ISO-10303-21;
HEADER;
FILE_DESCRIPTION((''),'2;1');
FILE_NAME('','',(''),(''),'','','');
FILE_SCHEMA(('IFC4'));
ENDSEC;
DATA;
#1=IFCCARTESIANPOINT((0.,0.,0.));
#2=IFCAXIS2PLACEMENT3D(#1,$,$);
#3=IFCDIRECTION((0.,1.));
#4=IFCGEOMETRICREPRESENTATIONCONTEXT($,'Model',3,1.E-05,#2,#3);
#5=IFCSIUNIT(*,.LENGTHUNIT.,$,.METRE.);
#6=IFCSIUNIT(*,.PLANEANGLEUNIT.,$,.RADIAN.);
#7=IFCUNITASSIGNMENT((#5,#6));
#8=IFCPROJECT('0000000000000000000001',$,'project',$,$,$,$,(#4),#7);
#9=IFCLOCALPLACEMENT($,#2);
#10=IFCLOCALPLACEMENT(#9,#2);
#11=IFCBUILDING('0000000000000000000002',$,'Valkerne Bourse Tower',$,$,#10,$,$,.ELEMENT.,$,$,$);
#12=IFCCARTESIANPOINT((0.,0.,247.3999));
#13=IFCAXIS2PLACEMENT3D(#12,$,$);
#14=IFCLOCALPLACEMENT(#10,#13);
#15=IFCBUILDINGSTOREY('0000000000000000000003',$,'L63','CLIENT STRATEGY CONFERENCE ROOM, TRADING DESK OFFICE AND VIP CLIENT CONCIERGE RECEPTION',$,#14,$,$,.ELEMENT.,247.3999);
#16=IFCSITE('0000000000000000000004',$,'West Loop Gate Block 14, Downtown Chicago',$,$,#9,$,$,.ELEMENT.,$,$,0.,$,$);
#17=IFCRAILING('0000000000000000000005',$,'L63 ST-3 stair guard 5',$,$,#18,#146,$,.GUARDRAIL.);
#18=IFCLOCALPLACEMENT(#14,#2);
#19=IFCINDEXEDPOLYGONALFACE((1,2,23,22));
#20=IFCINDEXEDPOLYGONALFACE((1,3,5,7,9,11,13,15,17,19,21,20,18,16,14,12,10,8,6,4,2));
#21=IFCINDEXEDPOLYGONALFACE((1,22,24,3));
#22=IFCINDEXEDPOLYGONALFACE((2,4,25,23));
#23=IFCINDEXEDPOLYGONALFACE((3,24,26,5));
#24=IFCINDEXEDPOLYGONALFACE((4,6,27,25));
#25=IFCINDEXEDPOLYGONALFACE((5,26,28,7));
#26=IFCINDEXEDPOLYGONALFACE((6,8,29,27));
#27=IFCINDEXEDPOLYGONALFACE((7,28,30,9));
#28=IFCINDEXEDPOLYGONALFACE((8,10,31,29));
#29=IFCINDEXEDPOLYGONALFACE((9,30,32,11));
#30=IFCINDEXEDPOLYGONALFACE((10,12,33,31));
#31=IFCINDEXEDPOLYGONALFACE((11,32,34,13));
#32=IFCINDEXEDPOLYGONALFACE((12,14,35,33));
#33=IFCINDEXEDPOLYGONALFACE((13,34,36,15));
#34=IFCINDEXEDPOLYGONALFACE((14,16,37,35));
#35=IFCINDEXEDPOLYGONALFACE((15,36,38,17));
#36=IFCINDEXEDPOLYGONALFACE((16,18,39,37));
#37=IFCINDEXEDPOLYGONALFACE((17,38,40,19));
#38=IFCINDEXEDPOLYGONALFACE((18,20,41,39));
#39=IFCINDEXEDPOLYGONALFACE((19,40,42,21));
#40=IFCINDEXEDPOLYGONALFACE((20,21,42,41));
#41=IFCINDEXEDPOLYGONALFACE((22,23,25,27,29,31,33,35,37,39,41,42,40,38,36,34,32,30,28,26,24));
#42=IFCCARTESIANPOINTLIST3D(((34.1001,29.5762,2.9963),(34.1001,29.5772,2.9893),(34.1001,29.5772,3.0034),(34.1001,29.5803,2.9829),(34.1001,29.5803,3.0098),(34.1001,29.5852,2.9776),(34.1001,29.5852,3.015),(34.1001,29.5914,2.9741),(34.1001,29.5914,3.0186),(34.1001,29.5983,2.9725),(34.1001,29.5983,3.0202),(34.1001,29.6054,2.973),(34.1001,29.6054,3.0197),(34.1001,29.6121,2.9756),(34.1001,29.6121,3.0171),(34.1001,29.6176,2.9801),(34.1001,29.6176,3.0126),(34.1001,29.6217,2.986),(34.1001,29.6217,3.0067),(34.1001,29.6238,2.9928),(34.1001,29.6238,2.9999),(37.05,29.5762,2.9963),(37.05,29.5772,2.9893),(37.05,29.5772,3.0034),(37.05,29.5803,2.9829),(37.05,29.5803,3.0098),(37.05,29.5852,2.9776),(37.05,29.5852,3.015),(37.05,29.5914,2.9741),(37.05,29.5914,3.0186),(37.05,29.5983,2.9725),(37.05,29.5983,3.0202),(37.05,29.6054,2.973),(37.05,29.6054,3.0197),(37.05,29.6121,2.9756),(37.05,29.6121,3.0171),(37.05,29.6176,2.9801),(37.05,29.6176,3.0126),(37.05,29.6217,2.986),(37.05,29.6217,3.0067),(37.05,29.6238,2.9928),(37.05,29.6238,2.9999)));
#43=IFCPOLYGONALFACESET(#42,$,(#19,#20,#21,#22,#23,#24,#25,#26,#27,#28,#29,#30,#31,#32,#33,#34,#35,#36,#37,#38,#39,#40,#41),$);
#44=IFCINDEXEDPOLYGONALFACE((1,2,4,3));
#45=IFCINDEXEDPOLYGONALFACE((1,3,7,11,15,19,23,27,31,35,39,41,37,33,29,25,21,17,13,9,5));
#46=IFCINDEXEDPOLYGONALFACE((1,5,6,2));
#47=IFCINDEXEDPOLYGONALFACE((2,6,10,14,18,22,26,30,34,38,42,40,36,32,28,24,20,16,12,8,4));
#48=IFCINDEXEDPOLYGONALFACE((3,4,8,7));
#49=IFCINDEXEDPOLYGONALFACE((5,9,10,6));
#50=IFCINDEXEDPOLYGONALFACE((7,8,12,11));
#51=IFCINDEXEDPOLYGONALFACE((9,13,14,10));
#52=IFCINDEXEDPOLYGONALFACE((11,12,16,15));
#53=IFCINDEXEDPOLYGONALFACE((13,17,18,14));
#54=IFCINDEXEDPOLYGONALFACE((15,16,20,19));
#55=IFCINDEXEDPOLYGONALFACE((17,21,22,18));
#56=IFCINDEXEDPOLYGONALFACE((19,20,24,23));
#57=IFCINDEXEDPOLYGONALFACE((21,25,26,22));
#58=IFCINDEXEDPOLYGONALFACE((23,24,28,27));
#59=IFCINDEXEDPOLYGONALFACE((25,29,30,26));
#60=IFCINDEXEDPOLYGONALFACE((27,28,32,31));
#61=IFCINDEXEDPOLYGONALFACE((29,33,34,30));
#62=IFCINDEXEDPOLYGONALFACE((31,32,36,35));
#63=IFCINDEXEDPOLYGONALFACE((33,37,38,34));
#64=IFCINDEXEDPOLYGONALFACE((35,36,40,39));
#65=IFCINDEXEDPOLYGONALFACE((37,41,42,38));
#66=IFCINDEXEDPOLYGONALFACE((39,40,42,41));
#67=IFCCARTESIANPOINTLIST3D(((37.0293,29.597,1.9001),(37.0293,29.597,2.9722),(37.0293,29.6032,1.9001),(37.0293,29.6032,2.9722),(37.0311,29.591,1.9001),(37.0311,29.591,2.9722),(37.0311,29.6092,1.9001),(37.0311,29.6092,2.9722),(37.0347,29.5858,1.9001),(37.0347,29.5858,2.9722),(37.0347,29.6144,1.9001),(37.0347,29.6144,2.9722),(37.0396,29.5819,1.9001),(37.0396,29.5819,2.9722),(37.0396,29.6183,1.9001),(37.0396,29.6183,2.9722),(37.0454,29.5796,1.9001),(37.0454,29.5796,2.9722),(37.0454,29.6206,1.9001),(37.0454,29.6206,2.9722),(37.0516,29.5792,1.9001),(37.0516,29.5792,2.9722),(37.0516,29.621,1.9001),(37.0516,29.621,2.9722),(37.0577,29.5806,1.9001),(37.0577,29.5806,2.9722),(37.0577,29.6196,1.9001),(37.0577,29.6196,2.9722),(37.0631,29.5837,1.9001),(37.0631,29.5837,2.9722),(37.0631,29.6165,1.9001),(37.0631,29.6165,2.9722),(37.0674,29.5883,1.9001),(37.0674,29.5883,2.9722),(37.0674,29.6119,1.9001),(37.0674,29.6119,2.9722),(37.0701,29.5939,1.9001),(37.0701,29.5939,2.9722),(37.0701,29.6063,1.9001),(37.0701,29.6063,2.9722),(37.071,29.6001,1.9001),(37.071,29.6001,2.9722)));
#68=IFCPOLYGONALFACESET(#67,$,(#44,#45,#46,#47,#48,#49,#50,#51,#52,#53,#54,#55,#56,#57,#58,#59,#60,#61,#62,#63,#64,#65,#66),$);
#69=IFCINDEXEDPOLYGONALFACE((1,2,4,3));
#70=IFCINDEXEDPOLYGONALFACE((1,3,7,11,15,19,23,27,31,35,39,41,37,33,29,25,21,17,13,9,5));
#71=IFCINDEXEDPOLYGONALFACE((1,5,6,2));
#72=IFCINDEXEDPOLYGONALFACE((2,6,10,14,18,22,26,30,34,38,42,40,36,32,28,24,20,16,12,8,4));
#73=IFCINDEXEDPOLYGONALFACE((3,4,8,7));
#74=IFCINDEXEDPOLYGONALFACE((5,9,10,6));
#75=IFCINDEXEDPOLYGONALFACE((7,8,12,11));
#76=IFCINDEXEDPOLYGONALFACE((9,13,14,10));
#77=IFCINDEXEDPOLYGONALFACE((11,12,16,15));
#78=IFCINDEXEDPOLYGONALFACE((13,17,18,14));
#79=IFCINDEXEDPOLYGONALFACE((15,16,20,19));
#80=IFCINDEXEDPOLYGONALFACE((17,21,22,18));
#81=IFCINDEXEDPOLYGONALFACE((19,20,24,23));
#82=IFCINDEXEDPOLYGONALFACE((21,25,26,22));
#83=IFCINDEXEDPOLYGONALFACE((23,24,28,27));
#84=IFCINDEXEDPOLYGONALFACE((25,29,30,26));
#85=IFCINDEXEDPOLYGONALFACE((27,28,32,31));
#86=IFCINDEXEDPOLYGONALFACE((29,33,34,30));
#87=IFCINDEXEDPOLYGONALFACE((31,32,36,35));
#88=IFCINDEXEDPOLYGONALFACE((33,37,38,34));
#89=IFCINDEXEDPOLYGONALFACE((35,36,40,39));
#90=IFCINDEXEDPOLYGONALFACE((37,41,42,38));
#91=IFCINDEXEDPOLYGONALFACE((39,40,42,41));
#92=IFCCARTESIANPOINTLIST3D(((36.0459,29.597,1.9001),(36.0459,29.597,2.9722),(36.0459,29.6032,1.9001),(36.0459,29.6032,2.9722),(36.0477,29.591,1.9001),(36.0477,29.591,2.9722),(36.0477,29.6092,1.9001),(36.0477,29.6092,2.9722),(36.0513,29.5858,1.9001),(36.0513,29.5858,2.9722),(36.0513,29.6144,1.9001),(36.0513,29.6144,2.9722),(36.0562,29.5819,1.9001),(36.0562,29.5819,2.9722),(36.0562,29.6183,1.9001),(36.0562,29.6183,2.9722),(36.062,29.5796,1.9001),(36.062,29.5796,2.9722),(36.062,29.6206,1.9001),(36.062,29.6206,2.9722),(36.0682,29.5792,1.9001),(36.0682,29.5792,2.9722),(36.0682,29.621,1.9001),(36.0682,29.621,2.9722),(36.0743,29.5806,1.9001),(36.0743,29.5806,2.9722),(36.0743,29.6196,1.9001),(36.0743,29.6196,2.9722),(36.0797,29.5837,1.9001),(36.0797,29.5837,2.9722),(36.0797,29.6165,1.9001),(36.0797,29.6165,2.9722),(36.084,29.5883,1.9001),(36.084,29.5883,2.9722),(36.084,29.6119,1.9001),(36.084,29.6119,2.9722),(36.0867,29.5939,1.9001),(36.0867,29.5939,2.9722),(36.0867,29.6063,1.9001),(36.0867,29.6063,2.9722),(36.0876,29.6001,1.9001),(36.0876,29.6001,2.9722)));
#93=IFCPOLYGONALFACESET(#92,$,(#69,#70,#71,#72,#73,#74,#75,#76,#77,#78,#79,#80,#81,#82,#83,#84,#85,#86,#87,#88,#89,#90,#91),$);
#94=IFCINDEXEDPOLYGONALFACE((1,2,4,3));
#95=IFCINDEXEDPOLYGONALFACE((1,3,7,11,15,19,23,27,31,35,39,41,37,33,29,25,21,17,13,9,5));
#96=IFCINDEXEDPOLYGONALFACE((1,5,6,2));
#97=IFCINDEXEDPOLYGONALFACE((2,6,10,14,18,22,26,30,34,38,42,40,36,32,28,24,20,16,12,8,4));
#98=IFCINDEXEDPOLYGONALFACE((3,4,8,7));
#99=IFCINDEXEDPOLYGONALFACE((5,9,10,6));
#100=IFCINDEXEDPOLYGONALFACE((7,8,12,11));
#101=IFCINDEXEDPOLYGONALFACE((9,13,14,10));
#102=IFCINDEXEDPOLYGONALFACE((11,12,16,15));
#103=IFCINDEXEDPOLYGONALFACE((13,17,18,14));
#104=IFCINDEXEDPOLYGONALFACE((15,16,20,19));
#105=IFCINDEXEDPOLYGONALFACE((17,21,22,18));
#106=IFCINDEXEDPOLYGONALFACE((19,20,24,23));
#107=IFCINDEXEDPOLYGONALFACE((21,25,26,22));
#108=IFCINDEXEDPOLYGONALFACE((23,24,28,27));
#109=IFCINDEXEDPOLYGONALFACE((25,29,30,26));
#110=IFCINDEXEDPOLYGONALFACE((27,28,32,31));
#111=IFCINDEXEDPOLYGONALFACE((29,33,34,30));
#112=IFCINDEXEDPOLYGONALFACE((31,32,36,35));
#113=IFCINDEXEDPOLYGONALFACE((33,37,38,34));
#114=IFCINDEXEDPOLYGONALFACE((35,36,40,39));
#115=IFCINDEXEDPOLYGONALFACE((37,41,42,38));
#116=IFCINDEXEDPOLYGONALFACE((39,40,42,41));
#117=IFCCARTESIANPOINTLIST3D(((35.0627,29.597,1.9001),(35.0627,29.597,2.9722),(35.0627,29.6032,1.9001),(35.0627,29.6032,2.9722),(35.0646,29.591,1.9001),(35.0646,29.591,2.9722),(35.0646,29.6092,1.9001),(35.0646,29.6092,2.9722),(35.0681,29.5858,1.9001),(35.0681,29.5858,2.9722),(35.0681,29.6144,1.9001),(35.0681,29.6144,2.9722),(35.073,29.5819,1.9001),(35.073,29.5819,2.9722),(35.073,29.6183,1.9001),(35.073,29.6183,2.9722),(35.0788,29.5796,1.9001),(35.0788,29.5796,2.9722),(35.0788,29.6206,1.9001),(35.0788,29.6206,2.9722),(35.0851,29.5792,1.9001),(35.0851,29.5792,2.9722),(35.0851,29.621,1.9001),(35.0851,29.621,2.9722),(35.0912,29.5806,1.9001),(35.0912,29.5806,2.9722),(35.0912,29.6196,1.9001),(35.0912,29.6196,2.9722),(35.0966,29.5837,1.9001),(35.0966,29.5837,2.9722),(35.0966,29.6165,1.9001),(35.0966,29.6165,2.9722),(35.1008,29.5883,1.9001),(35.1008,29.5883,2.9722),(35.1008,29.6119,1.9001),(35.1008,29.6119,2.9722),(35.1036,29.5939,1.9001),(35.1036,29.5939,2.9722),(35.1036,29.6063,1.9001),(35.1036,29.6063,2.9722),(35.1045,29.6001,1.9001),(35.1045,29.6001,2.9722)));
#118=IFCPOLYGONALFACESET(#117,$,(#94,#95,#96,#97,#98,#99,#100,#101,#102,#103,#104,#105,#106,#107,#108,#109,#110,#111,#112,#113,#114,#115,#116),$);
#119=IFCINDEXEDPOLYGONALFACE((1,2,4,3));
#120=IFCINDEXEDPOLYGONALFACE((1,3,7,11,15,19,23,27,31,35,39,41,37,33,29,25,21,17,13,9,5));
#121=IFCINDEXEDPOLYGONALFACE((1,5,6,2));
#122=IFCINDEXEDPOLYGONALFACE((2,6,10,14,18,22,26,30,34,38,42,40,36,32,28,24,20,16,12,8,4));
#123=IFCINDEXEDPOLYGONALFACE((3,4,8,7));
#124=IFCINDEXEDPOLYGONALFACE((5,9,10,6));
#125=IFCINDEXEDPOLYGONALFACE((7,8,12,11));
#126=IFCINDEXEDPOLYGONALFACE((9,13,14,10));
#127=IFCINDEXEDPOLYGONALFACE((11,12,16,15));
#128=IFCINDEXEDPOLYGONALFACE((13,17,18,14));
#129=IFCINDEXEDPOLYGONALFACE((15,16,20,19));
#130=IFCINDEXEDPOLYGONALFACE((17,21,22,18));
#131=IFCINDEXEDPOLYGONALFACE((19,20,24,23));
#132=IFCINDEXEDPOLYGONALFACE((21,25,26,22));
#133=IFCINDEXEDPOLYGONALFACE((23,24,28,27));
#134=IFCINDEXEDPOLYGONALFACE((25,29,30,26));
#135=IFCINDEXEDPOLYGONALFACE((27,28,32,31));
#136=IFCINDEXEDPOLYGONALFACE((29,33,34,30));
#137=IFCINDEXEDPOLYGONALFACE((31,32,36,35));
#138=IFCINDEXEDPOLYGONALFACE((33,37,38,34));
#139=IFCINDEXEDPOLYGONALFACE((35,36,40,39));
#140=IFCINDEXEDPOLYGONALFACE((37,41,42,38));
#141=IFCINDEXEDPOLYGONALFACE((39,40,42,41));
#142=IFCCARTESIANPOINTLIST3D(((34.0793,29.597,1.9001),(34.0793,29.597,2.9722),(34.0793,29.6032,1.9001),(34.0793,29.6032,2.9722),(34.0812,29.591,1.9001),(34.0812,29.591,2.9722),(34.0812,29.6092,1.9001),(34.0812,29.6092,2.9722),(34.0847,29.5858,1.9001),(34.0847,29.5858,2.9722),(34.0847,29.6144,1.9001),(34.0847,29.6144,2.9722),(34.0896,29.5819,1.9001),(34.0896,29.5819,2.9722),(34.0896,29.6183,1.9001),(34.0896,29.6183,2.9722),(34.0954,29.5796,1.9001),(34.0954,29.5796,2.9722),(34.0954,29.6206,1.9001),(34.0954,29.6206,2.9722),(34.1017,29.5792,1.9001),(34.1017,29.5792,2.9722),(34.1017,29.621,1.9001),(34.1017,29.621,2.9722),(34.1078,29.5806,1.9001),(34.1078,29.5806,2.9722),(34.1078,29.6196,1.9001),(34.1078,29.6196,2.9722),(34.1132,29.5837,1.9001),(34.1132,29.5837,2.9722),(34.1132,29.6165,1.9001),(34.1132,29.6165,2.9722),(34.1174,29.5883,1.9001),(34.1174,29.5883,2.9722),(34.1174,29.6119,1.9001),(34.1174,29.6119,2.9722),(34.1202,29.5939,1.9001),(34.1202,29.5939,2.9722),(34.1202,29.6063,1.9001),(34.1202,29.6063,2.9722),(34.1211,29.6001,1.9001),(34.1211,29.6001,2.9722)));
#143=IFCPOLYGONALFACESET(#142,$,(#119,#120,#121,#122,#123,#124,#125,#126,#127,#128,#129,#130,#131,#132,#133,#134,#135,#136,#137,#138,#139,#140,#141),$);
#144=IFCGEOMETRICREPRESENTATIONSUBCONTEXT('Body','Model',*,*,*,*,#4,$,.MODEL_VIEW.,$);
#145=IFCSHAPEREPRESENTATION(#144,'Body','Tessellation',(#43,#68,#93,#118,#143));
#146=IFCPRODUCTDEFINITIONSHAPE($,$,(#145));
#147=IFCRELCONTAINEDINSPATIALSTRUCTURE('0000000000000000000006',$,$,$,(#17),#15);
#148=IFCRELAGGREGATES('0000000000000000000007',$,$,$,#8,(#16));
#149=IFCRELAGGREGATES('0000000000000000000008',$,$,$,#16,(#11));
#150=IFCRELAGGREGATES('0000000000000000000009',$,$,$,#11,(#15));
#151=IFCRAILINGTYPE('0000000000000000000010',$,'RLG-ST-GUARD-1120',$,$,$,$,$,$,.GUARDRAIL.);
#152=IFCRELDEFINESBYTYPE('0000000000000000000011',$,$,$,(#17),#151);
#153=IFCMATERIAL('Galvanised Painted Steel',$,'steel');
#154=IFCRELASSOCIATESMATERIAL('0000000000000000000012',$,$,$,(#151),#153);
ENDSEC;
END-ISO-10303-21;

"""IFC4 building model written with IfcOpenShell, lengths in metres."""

from ifc_helpers import new_model, si_unit, direction, frame, origin, origin_2d, place, context, subcontext, project, spatial, circle, extrude, material, type_object, element, save


model = new_model("IFC4")

# Units and contexts
model_context = context("Model", 3, precision=1e-05, world=origin(), true_north=direction((0.0, 1.0)))
body_context = subcontext(model_context, "Body", "Model", "MODEL_VIEW")
ifc_project = project(units=[si_unit("LENGTHUNIT", "METRE"), si_unit("PLANEANGLEUNIT", "RADIAN")], contexts=[model_context])

# Site, building, storey
site_placement = place(None, origin())
site = spatial("IfcSite", under=ifc_project, at=site_placement, Name="West Loop Gate Block 14, Downtown Chicago", CompositionType="ELEMENT", RefElevation=0.0)
building_placement = place(site_placement, origin())
building = spatial("IfcBuilding", under=site, at=building_placement, Name="Valkerne Bourse Tower", CompositionType="ELEMENT")
storey_placement = place(building_placement, frame((0.0, 0.0, 247.3999)))
storey = spatial("IfcBuildingStorey", under=building, at=storey_placement, Name="L63", Description="CLIENT STRATEGY CONFERENCE ROOM, TRADING DESK OFFICE AND VIP CLIENT CONCIERGE RECEPTION", CompositionType="ELEMENT", Elevation=247.3999)

# Railing
ifc_material_1 = material(Name="Galvanised Painted Steel", Category="steel")
railing_type_1 = type_object("IfcRailingType", Name="RLG-ST-GUARD-1120", PredefinedType="GUARDRAIL", material=ifc_material_1)
railing_1_placement = place(storey_placement, frame((37.05, 29.6001, 1.9001)))
element("IfcRailing", 1, at=railing_1_placement, inside=storey, type_object=railing_type_1, Name="L63 ST-3 stair guard 5", PredefinedType="GUARDRAIL", context=body_context, shape_type="SweptSolid", body=[
    extrude(circle(Radius=0.0239, at=origin_2d()), frame((0.0, 0.0, 1.0962), z_axis=(-1.0, 0.0, 0.0), x_axis=(0.0, -1.0, 0.0)), (0.0, 0.0, 1.0), 2.95),
    extrude(circle(Radius=0.021, at=origin_2d()), origin(), (0.0, 0.0, 1.0), 1.072),
    extrude(circle(Radius=0.021, at=origin_2d()), frame((-0.9834, 0.0, 0.0)), (0.0, 0.0, 1.0), 1.072),
    extrude(circle(Radius=0.021, at=origin_2d()), frame((-1.9666, 0.0, 0.0)), (0.0, 0.0, 1.0), 1.072),
    extrude(circle(Radius=0.021, at=origin_2d()), frame((-2.95, 0.0, 0.0)), (0.0, 0.0, 1.0), 1.072),
])

save(model, "model.ifc")
